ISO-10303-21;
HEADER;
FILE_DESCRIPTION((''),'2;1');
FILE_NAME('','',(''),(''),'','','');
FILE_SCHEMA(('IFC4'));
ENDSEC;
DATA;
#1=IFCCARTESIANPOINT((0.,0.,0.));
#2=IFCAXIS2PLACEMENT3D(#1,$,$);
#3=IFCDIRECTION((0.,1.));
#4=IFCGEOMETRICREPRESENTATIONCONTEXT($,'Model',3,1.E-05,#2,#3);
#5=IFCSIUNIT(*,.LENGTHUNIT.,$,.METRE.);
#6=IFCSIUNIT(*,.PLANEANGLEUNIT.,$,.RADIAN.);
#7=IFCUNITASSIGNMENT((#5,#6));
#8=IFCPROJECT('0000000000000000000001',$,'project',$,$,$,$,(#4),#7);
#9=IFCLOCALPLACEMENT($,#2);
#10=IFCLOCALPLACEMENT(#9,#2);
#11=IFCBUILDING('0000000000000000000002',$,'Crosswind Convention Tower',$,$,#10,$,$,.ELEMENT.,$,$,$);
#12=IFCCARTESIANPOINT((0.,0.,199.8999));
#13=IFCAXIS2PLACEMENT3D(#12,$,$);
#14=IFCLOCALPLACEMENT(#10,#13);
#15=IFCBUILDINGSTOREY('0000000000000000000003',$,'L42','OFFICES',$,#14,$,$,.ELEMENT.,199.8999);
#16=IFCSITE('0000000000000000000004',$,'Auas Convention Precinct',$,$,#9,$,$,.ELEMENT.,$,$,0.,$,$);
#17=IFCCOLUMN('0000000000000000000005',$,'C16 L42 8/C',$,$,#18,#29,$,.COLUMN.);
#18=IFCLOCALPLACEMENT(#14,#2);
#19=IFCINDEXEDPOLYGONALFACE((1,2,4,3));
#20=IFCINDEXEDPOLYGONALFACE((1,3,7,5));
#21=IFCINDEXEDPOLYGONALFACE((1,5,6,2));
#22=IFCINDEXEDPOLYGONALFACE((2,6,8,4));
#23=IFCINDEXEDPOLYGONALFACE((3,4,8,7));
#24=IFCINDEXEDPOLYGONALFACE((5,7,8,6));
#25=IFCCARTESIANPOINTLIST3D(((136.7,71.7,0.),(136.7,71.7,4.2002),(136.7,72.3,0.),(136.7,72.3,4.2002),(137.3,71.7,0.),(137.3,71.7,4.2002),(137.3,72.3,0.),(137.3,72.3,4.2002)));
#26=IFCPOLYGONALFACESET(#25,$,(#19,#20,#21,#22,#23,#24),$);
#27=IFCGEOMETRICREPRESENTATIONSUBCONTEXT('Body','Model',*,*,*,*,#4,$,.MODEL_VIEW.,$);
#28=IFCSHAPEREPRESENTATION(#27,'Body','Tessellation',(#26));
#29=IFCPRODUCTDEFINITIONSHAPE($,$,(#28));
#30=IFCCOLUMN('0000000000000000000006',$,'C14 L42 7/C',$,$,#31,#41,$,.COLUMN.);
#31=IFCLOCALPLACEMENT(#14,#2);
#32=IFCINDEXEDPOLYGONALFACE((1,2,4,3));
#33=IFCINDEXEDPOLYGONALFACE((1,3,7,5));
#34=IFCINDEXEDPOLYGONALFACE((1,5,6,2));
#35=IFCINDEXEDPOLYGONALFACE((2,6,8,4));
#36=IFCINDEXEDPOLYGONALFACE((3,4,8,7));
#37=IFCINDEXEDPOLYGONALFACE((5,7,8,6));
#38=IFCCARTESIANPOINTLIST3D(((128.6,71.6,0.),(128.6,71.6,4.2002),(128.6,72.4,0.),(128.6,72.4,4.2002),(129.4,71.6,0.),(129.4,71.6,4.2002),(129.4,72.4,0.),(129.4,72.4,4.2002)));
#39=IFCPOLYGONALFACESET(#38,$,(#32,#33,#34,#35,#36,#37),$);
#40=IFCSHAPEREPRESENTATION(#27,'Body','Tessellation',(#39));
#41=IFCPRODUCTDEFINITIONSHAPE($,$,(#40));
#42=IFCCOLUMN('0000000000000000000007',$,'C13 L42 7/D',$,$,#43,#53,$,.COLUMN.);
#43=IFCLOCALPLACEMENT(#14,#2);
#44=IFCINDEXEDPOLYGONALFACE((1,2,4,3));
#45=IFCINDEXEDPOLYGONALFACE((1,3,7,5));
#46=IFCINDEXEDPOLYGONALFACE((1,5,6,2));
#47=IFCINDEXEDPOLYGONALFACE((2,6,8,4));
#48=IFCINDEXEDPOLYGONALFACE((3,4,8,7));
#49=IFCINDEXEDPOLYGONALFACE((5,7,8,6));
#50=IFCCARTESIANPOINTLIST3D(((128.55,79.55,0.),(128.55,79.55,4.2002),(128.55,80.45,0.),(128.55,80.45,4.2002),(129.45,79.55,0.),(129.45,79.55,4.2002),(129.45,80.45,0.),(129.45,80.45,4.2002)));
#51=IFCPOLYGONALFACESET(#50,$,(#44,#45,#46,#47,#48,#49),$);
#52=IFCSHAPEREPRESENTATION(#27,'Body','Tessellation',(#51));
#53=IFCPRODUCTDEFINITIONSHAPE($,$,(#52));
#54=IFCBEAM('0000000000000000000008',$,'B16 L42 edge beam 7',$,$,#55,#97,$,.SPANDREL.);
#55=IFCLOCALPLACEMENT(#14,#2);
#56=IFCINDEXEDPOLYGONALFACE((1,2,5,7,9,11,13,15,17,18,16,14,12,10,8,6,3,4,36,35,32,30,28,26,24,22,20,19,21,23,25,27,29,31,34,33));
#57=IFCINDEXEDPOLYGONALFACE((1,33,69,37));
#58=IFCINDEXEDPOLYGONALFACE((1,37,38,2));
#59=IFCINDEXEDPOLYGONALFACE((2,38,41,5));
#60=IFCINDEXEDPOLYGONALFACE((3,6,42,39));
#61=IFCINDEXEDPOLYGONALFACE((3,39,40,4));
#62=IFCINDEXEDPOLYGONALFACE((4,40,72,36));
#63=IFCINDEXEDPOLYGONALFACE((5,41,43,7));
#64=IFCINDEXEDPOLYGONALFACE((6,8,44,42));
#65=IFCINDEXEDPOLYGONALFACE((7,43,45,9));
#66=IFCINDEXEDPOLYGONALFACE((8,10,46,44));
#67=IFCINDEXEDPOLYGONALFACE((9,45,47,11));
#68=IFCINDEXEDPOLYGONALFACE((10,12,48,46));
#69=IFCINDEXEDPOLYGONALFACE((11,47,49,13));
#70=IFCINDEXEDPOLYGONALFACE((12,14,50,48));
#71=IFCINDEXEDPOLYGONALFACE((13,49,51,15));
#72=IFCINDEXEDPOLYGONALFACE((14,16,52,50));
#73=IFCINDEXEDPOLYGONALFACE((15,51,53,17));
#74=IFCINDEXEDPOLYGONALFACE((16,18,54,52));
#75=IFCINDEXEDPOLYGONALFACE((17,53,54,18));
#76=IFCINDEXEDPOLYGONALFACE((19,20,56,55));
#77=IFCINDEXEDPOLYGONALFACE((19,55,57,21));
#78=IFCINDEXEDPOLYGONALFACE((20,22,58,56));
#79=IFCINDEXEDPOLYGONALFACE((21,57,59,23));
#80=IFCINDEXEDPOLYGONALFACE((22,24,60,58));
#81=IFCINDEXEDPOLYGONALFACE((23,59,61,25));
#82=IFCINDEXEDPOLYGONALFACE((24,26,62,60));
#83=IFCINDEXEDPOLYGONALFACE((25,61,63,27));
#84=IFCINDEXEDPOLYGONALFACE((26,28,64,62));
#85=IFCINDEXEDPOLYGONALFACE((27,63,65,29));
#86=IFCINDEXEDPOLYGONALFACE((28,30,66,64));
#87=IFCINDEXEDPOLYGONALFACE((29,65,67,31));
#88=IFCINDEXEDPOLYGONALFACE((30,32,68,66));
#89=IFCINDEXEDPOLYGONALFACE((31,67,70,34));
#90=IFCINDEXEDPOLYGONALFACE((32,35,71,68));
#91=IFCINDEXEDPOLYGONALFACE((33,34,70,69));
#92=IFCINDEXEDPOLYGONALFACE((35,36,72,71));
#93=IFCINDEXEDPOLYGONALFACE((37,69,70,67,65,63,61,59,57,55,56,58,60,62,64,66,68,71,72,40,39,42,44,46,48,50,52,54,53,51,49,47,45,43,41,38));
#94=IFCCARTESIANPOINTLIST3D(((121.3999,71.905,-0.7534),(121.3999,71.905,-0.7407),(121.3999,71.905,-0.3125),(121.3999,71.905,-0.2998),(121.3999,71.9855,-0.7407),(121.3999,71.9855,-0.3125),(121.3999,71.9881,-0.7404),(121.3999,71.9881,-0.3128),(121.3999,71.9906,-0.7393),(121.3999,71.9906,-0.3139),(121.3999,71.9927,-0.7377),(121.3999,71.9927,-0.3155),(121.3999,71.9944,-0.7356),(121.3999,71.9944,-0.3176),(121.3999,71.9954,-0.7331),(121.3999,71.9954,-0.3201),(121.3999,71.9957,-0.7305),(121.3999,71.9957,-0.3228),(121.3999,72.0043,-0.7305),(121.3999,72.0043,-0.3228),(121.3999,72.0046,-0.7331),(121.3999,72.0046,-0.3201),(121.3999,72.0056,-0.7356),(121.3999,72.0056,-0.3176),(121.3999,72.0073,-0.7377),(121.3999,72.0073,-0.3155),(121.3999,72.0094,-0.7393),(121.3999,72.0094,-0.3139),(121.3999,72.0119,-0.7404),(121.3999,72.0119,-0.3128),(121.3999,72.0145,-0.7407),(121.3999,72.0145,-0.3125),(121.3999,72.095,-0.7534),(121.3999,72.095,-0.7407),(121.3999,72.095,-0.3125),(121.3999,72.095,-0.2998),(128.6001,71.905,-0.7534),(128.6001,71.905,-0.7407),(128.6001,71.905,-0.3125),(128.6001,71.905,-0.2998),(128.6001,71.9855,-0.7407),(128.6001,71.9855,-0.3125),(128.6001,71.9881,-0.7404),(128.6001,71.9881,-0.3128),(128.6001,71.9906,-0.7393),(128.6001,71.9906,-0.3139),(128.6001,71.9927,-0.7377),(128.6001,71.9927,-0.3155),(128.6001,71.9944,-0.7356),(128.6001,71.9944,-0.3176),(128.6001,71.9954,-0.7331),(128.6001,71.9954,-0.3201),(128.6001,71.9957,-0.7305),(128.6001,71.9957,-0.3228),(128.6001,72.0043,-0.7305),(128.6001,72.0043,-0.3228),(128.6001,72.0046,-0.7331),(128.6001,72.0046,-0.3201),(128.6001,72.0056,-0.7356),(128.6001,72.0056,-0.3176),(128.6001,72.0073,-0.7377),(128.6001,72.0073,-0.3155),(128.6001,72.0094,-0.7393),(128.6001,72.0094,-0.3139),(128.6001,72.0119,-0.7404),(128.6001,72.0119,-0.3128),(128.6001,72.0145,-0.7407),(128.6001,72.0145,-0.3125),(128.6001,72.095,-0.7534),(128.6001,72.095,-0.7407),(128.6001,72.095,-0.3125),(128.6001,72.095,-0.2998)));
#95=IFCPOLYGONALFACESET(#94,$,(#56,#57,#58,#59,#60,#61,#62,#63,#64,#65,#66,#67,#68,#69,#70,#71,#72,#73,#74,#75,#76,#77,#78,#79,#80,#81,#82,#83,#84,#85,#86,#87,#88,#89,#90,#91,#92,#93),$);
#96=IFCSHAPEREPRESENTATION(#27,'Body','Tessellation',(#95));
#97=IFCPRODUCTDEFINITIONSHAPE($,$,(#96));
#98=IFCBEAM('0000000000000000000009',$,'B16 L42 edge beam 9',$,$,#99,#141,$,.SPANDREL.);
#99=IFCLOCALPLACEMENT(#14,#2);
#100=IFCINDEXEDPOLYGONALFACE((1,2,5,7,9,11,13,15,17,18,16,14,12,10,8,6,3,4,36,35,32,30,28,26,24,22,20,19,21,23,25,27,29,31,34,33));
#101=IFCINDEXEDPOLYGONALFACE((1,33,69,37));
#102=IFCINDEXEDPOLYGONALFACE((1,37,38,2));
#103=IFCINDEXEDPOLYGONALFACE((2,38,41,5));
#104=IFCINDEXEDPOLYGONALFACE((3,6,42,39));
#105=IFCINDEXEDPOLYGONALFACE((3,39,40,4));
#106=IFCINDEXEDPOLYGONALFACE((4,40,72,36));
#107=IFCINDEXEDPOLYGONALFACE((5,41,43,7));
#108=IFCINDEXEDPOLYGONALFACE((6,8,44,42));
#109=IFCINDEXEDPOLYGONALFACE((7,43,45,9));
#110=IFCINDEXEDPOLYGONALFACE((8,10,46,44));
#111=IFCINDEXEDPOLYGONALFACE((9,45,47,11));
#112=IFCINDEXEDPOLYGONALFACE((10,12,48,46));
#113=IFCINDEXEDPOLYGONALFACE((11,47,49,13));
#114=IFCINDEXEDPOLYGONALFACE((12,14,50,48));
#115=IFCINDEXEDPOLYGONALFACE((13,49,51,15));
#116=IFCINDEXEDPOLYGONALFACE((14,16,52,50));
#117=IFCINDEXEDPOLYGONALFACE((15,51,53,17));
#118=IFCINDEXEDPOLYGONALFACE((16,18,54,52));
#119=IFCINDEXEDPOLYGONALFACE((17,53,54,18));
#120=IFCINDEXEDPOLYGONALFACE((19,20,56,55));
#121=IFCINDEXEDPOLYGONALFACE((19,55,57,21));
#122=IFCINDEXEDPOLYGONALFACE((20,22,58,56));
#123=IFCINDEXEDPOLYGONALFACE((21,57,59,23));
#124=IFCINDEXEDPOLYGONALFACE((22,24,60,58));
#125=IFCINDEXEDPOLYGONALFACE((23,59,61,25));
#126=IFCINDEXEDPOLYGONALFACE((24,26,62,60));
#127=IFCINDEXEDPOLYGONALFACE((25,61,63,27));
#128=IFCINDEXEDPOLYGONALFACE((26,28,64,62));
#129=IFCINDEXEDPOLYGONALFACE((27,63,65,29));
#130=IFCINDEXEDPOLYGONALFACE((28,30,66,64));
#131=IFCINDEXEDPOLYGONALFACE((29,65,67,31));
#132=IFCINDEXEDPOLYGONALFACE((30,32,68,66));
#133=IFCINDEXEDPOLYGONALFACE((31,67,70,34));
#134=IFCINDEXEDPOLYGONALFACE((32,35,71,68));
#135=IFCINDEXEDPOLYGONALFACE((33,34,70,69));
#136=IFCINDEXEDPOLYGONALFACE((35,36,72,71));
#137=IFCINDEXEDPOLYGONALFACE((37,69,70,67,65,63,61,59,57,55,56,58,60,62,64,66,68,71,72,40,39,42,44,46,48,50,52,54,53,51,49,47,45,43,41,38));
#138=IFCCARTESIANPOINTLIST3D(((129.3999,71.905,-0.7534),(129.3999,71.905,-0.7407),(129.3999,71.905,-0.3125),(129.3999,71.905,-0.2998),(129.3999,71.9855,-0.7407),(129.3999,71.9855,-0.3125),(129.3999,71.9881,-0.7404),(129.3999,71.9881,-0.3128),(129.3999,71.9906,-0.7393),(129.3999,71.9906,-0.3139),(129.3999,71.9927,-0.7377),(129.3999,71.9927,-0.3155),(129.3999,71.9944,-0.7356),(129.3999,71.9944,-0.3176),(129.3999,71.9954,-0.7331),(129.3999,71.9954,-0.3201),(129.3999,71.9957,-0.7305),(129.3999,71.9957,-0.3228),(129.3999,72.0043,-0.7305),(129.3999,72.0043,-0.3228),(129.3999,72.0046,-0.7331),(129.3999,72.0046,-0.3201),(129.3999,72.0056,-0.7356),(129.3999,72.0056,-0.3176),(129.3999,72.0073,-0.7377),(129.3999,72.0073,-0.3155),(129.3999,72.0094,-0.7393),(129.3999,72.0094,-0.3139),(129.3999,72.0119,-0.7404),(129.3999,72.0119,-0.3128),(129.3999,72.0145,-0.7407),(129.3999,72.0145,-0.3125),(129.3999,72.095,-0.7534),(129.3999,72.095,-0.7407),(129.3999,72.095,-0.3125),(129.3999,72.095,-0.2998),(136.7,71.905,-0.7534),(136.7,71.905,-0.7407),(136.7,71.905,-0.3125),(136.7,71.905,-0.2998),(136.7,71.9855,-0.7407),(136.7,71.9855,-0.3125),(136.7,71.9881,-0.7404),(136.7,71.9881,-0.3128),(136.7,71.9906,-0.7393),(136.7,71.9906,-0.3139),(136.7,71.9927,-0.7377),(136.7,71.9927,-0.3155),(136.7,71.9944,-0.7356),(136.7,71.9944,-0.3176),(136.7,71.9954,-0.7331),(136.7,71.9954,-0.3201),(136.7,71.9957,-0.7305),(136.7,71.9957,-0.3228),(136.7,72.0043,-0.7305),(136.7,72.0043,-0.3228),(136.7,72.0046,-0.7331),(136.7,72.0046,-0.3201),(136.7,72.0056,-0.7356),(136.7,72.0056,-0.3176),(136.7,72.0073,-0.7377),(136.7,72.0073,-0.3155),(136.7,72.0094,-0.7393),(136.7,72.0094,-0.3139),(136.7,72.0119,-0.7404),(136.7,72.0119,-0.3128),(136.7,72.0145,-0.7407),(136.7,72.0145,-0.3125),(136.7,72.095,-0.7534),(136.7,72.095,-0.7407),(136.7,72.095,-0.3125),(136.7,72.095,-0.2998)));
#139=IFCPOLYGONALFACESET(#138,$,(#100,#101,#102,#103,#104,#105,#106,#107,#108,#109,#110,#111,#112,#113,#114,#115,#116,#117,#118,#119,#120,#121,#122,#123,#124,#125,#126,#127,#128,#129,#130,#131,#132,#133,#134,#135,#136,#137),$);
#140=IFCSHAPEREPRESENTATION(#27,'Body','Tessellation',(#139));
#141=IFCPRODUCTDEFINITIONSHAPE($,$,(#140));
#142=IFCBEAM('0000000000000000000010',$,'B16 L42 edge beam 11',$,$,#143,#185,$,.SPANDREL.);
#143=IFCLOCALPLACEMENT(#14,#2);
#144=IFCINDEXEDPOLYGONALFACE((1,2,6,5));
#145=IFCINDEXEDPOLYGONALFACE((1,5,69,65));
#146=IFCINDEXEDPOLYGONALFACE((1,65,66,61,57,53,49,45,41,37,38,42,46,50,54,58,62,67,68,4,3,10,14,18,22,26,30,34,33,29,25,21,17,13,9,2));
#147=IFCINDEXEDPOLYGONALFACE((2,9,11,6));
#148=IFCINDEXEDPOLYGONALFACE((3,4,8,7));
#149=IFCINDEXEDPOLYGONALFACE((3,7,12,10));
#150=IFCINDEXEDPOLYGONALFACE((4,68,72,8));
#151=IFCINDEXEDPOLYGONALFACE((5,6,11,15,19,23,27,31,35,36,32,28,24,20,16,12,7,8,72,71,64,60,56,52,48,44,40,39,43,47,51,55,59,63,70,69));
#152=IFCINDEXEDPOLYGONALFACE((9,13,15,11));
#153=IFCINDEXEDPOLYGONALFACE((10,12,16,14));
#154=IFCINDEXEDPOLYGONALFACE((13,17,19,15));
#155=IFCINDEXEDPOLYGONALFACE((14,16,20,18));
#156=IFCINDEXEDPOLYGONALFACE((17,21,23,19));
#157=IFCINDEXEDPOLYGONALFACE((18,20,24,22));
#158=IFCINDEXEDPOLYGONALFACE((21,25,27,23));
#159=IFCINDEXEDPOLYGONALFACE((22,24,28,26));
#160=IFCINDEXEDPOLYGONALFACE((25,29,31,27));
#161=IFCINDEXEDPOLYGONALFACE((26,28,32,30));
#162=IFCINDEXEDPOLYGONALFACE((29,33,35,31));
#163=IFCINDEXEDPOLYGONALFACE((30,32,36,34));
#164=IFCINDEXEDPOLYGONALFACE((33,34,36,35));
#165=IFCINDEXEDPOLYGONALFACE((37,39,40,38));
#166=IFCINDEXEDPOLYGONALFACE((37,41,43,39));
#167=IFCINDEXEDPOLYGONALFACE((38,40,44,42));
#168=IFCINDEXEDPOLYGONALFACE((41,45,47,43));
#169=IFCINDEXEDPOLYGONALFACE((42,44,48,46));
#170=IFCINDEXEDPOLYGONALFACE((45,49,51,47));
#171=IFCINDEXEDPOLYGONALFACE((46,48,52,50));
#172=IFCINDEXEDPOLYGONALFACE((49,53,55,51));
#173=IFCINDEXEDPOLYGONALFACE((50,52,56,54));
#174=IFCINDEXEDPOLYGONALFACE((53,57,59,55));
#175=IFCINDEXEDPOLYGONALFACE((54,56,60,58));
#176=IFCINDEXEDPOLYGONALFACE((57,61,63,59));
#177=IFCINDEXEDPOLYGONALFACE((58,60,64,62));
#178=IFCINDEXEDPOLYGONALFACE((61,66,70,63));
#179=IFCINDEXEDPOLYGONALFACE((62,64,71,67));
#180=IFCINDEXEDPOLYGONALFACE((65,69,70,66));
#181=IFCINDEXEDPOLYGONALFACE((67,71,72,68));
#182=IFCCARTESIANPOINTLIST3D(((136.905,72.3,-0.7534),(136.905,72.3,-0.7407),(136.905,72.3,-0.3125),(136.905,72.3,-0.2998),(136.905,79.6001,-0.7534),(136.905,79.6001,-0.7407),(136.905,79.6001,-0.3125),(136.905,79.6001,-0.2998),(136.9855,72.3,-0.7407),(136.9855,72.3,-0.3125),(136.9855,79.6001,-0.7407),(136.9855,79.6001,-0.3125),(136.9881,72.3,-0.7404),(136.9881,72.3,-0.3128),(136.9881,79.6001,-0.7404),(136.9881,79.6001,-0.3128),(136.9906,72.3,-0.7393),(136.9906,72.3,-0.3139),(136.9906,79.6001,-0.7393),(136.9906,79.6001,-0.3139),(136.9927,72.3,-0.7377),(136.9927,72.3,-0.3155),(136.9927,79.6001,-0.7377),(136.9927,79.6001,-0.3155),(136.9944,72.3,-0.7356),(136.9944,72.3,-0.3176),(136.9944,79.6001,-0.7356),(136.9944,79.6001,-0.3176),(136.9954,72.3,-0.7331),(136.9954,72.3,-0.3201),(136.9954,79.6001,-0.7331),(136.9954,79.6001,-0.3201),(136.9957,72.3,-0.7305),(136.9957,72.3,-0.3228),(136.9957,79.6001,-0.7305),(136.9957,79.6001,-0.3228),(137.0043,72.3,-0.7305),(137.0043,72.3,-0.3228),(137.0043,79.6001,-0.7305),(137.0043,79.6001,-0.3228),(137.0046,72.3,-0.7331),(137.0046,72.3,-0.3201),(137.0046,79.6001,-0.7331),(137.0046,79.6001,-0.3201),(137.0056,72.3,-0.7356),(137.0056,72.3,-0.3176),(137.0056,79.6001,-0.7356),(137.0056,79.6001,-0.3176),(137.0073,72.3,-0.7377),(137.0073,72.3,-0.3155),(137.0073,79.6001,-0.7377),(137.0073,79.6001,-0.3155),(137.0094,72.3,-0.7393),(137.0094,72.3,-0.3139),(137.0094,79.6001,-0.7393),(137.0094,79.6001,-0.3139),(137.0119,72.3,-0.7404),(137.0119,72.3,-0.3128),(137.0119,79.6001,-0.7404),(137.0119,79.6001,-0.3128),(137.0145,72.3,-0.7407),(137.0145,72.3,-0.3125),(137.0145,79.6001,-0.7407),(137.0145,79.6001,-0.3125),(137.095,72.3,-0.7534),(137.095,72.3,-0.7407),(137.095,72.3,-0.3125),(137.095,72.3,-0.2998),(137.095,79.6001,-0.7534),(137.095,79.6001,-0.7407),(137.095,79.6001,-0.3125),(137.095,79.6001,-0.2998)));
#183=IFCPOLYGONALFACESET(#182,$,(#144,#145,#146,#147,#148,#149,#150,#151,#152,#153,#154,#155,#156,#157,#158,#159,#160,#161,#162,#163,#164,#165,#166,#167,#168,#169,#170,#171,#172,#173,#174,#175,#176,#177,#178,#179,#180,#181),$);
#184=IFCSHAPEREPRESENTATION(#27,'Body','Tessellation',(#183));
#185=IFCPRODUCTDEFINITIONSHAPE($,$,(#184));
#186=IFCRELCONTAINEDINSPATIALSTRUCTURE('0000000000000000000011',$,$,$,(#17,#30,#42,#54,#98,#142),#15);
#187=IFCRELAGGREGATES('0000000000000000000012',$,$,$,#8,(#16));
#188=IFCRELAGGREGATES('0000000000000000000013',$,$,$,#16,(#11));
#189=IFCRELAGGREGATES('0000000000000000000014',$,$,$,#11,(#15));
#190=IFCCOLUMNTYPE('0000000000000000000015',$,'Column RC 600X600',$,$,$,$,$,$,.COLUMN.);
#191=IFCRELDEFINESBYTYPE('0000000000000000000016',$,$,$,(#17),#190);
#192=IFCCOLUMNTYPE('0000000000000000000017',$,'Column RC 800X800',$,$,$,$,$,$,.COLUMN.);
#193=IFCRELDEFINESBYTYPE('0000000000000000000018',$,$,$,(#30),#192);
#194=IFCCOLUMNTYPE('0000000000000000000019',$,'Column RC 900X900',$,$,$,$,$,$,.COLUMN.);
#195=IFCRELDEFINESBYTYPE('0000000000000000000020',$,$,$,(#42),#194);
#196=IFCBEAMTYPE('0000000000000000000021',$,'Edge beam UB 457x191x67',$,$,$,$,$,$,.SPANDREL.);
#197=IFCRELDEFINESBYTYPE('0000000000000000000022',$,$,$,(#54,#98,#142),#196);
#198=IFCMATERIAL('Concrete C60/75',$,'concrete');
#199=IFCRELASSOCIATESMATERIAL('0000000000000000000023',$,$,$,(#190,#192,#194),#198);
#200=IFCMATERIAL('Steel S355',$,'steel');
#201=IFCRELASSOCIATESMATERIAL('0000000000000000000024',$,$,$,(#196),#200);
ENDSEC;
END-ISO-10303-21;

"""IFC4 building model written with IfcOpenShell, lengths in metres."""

from ifc_helpers import new_model, si_unit, direction, frame, origin, origin_2d, place, context, subcontext, project, spatial, rectangle, i_section, extrude, material, material_profile, profile_set, type_object, element, save


model = new_model("IFC4")

# Units and contexts
model_context = context("Model", 3, precision=1e-05, world=origin(), true_north=direction((0.0, 1.0)))
body_context = subcontext(model_context, "Body", "Model", "MODEL_VIEW")
ifc_project = project(units=[si_unit("LENGTHUNIT", "METRE"), si_unit("PLANEANGLEUNIT", "RADIAN")], contexts=[model_context])

# Site, building, storey
site_placement = place(None, origin())
site = spatial("IfcSite", under=ifc_project, at=site_placement, Name="Auas Convention Precinct", CompositionType="ELEMENT", RefElevation=0.0)
building_placement = place(site_placement, origin())
building = spatial("IfcBuilding", under=site, at=building_placement, Name="Crosswind Convention Tower", CompositionType="ELEMENT")
storey_placement = place(building_placement, frame((0.0, 0.0, 199.8999)))
storey = spatial("IfcBuildingStorey", under=building, at=storey_placement, Name="L42", Description="OFFICES", CompositionType="ELEMENT", Elevation=199.8999)

# Columns
ifc_material_1 = material(Name="Concrete C60/75", Category="concrete")
ifc_material_profile_1 = material_profile(ifc_material_1, rectangle(XDim=0.6001, YDim=0.6001, at=origin_2d()), Name="RC 600X600")
ifc_profile_set_1 = profile_set([ifc_material_profile_1], Name="Concrete C60/75")
column_type_1 = type_object("IfcColumnType", Name="Column RC 600X600", PredefinedType="COLUMN", material=ifc_profile_set_1)
column_1_placement = place(storey_placement, frame((137.0, 72.0, 0.0), z_axis=(0.0, 0.0, 1.0), x_axis=(1.0, 0.0, 0.0)))
element("IfcColumn", 1, at=column_1_placement, inside=storey, type_object=column_type_1, Name="C16 L42 8/C", PredefinedType="COLUMN", context=body_context, shape_type="SweptSolid", body=[
    extrude(rectangle(XDim=0.6001, YDim=0.6001, at=origin_2d()), origin(), (0.0, 0.0, 1.0), 4.2002),
])
ifc_material_profile_2 = material_profile(ifc_material_1, rectangle(XDim=0.8, YDim=0.8, at=origin_2d()), Name="RC 800X800")
ifc_profile_set_2 = profile_set([ifc_material_profile_2], Name="Concrete C60/75")
column_type_2 = type_object("IfcColumnType", Name="Column RC 800X800", PredefinedType="COLUMN", material=ifc_profile_set_2)
column_2_placement = place(storey_placement, frame((129.0, 72.0, 0.0), z_axis=(0.0, 0.0, 1.0), x_axis=(1.0, 0.0, 0.0)))
element("IfcColumn", 2, at=column_2_placement, inside=storey, type_object=column_type_2, Name="C14 L42 7/C", PredefinedType="COLUMN", context=body_context, shape_type="SweptSolid", body=[
    extrude(rectangle(XDim=0.8, YDim=0.8, at=origin_2d()), origin(), (0.0, 0.0, 1.0), 4.2002),
])
ifc_material_profile_3 = material_profile(ifc_material_1, rectangle(XDim=0.8999, YDim=0.8999, at=origin_2d()), Name="RC 900X900")
ifc_profile_set_3 = profile_set([ifc_material_profile_3], Name="Concrete C60/75")
column_type_3 = type_object("IfcColumnType", Name="Column RC 900X900", PredefinedType="COLUMN", material=ifc_profile_set_3)
column_3_placement = place(storey_placement, frame((129.0, 80.0, 0.0), z_axis=(0.0, 0.0, 1.0), x_axis=(1.0, 0.0, 0.0)))
element("IfcColumn", 3, at=column_3_placement, inside=storey, type_object=column_type_3, Name="C13 L42 7/D", PredefinedType="COLUMN", context=body_context, shape_type="SweptSolid", body=[
    extrude(rectangle(XDim=0.8999, YDim=0.8999, at=origin_2d()), origin(), (0.0, 0.0, 1.0), 4.2002),
])

# Beams
ifc_material_2 = material(Name="Steel S355", Category="steel")
ifc_material_profile_4 = material_profile(ifc_material_2, i_section(OverallWidth=0.1899, OverallDepth=0.4536, WebThickness=0.0085, FlangeThickness=0.0127, FilletRadius=0.0103, at=origin_2d()), Name="UB 457x191x67")
ifc_profile_set_4 = profile_set([ifc_material_profile_4], Name="Steel S355")
beam_type_1 = type_object("IfcBeamType", Name="Edge beam UB 457x191x67", PredefinedType="SPANDREL", material=ifc_profile_set_4)
beam_1_placement = place(storey_placement, frame((121.3999, 72.0, -0.5266), z_axis=(1.0, 0.0, 0.0), x_axis=(0.0, 1.0, 0.0)))
element("IfcBeam", 4, at=beam_1_placement, inside=storey, type_object=beam_type_1, Name="B16 L42 edge beam 7", PredefinedType="SPANDREL", context=body_context, shape_type="SweptSolid", body=[
    extrude(i_section(OverallWidth=0.1899, OverallDepth=0.4536, WebThickness=0.0085, FlangeThickness=0.0127, FilletRadius=0.0103, at=origin_2d()), origin(), (0.0, 0.0, 1.0), 7.2002),
])
for number, where, z_axis, x_axis, name in (
    (5, (129.3999, 72.0, -0.5266), (1.0, 0.0, 0.0), (0.0, 1.0, 0.0), "B16 L42 edge beam 9"),
    (6, (137.0, 72.3, -0.5266), (0.0, 1.0, 0.0), (-1.0, 0.0, 0.0), "B16 L42 edge beam 11"),
):
    element("IfcBeam", number, at=place(storey_placement, frame(where, z_axis=z_axis, x_axis=x_axis)), inside=storey, type_object=beam_type_1, Name=name, PredefinedType="SPANDREL", context=body_context, shape_type="SweptSolid", body=[
        extrude(i_section(OverallWidth=0.1899, OverallDepth=0.4536, WebThickness=0.0085, FlangeThickness=0.0127, FilletRadius=0.0103, at=origin_2d()), origin(), (0.0, 0.0, 1.0), 7.3),
    ])

save(model, "model.ifc")
